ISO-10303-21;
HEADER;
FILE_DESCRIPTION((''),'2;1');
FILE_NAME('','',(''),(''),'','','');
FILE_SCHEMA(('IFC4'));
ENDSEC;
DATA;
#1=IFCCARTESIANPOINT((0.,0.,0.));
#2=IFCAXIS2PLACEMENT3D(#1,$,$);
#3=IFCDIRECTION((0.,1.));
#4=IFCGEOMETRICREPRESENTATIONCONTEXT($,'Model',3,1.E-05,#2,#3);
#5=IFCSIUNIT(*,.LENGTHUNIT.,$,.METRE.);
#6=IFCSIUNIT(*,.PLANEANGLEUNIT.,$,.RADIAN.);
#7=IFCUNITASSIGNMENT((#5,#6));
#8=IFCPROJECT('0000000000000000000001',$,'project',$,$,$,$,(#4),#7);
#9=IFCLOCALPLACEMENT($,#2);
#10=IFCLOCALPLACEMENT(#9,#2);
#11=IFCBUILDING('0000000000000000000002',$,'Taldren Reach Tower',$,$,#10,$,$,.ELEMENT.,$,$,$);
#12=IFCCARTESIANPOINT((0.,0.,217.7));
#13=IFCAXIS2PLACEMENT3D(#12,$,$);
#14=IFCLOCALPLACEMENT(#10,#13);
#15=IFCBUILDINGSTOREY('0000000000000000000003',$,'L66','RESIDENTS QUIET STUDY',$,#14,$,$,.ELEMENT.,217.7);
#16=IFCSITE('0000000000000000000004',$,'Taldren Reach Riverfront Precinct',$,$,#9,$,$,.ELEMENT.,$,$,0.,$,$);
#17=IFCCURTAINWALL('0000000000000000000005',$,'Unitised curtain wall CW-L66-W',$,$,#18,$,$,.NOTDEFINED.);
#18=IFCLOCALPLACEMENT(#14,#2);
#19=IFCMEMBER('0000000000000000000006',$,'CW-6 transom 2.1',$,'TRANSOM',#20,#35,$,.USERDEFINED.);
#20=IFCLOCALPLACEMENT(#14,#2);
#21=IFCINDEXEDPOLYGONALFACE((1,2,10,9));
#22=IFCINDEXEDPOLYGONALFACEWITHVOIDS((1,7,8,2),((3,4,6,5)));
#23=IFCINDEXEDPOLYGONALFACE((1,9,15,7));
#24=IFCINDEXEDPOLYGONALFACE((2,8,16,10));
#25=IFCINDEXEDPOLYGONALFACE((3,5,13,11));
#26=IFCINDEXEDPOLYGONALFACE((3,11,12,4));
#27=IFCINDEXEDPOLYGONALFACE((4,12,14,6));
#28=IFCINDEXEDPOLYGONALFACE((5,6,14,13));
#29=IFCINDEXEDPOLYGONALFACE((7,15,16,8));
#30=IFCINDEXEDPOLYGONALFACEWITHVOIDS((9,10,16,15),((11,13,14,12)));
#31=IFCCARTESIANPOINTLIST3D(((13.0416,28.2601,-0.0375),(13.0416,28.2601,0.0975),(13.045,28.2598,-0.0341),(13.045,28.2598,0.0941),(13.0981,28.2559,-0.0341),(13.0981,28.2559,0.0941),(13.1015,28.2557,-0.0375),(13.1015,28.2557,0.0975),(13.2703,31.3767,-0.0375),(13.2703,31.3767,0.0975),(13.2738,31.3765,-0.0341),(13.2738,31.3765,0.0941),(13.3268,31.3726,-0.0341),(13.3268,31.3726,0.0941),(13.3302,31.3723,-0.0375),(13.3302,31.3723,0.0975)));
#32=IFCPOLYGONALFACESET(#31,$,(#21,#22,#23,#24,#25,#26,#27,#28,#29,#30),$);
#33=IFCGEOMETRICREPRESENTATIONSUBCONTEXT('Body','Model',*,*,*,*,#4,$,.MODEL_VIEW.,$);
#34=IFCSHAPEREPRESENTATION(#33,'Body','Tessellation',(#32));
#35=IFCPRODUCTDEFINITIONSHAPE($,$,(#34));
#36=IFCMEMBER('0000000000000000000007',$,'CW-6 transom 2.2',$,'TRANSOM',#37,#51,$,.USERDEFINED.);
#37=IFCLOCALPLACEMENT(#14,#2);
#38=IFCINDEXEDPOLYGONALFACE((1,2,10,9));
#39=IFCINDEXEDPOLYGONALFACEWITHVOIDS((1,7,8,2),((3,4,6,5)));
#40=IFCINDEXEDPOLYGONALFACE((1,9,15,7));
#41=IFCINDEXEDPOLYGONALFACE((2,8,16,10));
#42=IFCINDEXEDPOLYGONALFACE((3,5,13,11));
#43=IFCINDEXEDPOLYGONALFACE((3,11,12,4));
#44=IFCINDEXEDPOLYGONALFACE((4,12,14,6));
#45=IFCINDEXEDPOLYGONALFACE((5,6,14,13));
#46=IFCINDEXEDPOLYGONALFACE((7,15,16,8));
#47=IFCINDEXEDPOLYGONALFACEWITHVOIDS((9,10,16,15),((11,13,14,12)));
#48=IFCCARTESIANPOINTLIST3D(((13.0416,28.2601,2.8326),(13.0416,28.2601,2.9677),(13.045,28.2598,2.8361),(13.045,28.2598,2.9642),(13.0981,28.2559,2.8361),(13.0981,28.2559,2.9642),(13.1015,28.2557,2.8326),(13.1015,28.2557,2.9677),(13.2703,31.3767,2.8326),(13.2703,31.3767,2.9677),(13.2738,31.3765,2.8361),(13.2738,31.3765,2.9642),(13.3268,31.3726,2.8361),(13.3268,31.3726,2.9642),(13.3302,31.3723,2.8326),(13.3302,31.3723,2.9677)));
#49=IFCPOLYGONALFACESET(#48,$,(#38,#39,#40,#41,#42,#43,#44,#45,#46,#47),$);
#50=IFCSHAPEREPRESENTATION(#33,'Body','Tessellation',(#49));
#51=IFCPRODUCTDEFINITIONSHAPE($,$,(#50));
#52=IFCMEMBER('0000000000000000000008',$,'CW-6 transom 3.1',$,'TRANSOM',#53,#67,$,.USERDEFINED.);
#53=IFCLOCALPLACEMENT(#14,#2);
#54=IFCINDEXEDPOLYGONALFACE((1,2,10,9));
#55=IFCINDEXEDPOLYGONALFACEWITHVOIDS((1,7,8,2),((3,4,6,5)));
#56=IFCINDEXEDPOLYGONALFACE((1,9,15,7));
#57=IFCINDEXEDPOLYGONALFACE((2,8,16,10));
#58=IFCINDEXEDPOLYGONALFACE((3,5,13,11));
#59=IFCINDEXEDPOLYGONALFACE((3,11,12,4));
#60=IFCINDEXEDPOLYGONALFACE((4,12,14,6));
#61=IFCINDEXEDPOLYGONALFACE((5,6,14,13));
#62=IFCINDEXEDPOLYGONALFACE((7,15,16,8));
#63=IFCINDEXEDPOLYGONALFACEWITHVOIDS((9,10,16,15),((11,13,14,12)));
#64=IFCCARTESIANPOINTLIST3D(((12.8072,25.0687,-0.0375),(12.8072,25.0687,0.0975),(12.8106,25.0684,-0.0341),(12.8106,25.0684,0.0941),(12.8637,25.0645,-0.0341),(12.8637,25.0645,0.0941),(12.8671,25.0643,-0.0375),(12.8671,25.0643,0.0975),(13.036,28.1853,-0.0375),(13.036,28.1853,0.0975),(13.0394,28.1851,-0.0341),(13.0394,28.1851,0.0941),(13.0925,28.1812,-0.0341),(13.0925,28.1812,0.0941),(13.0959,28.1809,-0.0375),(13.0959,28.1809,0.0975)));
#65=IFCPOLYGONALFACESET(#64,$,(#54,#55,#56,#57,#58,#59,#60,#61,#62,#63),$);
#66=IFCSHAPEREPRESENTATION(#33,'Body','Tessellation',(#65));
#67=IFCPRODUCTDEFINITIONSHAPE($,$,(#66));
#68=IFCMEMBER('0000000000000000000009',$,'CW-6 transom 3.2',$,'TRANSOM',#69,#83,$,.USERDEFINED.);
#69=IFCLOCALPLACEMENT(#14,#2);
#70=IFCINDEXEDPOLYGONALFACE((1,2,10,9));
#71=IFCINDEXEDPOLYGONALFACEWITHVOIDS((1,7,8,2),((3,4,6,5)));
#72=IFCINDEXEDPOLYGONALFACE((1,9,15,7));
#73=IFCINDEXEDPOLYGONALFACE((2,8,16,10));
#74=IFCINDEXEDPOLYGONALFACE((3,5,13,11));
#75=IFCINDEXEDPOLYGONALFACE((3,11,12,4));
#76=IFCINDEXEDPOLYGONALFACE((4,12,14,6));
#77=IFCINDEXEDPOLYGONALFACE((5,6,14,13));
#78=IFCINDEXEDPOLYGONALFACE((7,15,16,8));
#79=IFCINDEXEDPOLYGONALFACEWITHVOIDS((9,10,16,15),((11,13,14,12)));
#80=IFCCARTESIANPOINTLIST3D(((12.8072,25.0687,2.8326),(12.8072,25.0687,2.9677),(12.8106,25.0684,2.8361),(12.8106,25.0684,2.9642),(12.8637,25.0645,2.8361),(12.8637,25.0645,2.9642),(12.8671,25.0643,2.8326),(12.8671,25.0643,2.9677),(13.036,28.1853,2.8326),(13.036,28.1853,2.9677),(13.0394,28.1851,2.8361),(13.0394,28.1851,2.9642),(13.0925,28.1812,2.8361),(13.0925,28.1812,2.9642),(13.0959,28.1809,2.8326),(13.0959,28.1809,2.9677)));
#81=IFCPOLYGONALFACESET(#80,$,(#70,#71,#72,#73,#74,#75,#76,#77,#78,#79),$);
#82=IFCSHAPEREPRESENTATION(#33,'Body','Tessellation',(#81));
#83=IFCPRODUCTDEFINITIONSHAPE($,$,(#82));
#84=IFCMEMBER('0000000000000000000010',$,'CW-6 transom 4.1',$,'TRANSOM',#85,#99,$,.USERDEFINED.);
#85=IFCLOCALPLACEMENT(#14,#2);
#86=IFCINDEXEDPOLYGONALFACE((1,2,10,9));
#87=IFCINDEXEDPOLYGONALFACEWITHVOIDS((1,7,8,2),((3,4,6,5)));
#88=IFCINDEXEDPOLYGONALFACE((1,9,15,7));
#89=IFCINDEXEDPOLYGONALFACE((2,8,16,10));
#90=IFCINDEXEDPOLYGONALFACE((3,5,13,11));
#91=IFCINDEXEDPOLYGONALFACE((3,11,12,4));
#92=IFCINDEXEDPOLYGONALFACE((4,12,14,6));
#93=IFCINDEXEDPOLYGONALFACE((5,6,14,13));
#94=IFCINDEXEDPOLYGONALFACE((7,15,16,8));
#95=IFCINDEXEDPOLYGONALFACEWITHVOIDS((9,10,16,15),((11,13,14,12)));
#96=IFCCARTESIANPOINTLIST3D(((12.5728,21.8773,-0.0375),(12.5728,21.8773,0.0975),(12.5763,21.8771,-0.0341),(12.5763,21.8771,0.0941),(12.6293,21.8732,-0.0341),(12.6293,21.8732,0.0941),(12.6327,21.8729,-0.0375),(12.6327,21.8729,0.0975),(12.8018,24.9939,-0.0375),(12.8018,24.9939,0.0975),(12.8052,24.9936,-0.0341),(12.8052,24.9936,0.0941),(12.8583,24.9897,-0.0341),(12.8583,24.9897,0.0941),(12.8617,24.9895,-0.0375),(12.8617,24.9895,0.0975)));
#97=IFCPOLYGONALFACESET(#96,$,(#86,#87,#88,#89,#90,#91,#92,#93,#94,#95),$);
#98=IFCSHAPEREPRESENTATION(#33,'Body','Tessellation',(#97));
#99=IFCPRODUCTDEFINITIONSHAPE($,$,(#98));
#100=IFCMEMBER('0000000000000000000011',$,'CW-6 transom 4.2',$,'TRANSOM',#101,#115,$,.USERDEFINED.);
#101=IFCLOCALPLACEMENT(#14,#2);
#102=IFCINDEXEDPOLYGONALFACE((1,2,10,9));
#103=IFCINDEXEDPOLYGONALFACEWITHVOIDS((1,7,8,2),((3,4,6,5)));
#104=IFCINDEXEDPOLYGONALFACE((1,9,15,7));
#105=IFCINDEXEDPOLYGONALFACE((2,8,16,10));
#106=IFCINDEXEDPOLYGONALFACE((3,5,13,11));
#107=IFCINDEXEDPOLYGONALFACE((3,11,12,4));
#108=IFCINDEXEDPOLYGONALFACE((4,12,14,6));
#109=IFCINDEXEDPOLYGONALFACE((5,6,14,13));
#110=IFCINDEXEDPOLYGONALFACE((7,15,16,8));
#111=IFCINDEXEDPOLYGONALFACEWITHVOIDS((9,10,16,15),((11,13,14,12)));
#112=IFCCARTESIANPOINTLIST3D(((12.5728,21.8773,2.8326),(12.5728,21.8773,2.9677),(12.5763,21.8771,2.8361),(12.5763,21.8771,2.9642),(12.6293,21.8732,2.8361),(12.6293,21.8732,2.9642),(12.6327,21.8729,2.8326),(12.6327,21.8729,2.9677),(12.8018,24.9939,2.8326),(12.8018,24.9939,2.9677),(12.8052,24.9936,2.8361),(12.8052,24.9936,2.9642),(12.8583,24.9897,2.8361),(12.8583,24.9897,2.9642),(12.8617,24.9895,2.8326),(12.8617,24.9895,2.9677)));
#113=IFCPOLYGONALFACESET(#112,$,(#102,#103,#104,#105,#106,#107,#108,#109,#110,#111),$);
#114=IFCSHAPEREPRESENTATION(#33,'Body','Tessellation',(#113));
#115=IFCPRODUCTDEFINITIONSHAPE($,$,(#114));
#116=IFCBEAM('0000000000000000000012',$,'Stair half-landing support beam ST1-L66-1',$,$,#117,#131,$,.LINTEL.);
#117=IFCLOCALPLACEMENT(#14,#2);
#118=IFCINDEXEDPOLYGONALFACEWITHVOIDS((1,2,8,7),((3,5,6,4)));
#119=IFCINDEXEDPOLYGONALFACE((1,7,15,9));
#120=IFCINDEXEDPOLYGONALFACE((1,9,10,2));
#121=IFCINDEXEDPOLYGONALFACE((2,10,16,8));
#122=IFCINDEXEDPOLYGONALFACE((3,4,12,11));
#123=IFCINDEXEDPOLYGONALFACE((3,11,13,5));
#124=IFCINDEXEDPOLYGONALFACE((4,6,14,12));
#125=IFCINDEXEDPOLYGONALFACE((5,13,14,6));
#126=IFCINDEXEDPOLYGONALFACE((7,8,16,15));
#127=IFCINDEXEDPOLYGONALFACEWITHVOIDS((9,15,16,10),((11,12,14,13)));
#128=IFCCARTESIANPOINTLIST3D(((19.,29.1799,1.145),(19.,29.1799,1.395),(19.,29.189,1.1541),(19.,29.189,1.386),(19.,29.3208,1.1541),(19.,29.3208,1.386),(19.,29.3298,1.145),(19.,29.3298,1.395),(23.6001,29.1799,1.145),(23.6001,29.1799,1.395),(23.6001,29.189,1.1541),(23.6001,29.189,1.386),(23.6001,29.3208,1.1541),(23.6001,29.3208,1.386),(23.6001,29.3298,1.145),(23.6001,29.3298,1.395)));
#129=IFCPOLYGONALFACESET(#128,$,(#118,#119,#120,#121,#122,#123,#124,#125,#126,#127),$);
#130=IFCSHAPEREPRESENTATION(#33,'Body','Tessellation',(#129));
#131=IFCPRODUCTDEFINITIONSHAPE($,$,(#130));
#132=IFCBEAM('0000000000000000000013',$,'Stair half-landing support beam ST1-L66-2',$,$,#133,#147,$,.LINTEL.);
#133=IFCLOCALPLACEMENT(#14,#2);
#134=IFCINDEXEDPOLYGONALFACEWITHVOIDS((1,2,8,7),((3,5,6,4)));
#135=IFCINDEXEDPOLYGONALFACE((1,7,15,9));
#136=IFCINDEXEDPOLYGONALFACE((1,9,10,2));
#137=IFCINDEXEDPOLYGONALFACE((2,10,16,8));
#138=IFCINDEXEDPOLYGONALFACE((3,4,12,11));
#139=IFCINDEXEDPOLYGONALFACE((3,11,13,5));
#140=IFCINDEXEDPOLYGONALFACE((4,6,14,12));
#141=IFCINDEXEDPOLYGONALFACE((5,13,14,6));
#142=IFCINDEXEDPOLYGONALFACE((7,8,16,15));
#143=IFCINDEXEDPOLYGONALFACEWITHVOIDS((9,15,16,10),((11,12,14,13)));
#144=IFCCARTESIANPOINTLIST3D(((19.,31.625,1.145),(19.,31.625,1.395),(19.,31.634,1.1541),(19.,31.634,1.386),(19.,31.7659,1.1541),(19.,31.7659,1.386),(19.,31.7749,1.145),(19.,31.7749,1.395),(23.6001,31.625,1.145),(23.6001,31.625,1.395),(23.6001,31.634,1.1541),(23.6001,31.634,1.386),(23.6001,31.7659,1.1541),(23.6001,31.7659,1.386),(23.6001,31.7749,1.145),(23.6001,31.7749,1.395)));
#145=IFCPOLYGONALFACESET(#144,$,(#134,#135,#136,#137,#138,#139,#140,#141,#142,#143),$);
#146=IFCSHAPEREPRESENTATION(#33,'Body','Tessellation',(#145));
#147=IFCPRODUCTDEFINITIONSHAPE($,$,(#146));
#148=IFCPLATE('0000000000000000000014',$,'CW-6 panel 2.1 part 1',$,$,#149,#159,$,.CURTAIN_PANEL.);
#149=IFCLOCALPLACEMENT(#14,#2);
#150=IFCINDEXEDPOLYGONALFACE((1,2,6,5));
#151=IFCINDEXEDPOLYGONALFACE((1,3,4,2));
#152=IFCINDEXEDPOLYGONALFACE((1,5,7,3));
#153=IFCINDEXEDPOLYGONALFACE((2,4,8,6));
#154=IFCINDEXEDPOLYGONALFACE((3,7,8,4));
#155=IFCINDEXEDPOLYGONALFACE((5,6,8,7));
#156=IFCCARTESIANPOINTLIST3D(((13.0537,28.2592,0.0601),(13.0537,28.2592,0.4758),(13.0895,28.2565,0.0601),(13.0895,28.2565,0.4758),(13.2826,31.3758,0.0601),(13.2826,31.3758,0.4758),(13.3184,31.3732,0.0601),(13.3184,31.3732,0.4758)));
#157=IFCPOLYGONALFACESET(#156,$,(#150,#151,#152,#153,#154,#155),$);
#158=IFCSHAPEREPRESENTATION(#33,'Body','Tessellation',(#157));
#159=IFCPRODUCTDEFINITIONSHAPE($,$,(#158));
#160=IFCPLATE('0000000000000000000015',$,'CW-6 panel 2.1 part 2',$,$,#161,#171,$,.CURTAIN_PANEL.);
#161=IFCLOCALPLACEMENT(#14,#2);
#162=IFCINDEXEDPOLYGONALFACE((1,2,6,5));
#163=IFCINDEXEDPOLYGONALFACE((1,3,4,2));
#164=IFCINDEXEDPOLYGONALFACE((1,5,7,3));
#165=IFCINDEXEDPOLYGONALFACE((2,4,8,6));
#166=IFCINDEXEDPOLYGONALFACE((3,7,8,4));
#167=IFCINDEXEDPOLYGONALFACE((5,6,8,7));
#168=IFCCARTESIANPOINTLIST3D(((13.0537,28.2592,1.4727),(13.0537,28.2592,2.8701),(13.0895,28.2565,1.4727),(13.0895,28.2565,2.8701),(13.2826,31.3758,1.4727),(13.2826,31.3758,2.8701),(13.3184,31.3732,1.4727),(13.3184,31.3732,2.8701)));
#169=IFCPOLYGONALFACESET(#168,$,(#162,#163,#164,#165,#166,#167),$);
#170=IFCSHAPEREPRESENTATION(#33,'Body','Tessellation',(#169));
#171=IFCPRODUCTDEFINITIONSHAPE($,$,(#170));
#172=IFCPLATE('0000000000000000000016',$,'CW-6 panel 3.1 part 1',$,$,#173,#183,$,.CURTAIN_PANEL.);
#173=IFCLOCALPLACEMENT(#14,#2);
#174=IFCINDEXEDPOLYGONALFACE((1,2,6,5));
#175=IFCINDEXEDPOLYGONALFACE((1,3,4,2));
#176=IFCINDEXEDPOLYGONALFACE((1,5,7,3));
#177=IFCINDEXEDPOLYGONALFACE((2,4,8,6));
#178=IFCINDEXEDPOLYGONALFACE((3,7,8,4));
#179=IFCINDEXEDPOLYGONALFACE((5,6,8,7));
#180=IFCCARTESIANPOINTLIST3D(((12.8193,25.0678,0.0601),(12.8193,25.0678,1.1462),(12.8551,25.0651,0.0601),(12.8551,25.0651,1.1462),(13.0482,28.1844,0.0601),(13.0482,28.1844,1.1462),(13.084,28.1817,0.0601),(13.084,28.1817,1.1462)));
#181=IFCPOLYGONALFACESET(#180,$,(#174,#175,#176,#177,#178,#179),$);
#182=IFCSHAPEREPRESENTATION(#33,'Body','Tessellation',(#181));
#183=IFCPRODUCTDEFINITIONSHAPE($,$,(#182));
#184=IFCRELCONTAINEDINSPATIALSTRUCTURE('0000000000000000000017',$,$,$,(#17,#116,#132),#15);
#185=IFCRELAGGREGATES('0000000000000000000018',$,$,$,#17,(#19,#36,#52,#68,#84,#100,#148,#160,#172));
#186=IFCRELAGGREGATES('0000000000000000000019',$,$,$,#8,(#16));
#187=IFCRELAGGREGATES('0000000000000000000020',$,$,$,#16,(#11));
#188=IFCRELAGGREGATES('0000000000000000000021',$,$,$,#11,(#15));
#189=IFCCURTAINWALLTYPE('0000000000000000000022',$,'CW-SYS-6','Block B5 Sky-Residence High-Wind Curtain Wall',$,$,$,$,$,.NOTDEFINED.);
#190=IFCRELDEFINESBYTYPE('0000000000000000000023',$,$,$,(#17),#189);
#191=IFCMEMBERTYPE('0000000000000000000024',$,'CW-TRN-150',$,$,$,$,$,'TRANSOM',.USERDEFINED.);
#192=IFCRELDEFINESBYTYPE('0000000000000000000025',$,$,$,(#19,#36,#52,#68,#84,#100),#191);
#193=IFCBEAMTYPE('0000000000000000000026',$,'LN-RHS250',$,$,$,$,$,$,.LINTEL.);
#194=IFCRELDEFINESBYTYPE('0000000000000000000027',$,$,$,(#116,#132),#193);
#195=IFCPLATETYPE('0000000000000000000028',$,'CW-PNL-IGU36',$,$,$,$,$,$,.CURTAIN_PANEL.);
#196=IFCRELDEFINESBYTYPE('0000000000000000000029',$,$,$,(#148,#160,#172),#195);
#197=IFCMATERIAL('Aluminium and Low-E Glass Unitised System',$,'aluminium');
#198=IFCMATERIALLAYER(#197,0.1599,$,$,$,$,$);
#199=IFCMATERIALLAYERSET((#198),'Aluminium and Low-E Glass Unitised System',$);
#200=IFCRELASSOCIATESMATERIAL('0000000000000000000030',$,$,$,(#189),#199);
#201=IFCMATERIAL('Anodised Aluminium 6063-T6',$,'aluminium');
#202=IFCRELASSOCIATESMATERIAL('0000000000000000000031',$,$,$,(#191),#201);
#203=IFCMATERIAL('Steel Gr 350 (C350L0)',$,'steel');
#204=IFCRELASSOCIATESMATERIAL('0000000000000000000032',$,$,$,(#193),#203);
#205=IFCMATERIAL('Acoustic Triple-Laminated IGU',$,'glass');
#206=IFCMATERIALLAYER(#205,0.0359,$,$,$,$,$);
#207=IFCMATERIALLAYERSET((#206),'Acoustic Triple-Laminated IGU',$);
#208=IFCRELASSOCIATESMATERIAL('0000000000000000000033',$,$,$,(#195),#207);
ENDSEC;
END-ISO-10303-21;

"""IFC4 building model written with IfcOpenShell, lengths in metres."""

from ifc_helpers import new_model, si_unit, direction, frame, origin, origin_2d, place, context, subcontext, project, spatial, rectangle, hollow_rectangle, extrude, source, transform, mapped, material, layer, layer_set, material_profile, profile_set, type_object, element, aggregate, save


model = new_model("IFC4")

# Units and contexts
model_context = context("Model", 3, precision=1e-05, world=origin(), true_north=direction((0.0, 1.0)))
body_context = subcontext(model_context, "Body", "Model", "MODEL_VIEW")
ifc_project = project(units=[si_unit("LENGTHUNIT", "METRE"), si_unit("PLANEANGLEUNIT", "RADIAN")], contexts=[model_context])

# Site, building, storey
site_placement = place(None, origin())
site = spatial("IfcSite", under=ifc_project, at=site_placement, Name="Taldren Reach Riverfront Precinct", CompositionType="ELEMENT", RefElevation=0.0)
building_placement = place(site_placement, origin())
building = spatial("IfcBuilding", under=site, at=building_placement, Name="Taldren Reach Tower", CompositionType="ELEMENT")
storey_placement = place(building_placement, frame((0.0, 0.0, 217.7)))
storey = spatial("IfcBuildingStorey", under=building, at=storey_placement, Name="L66", Description="RESIDENTS QUIET STUDY", CompositionType="ELEMENT", Elevation=217.7)

# Curtain wall, members
ifc_material_1 = material(Name="Aluminium and Low-E Glass Unitised System", Category="aluminium")
ifc_layer_1 = layer(ifc_material_1, 0.1599)
ifc_layer_set_1 = layer_set([ifc_layer_1], Name="Aluminium and Low-E Glass Unitised System")
curtain_wall_type = type_object("IfcCurtainWallType", Name="CW-SYS-6", Description="Block B5 Sky-Residence High-Wind Curtain Wall", PredefinedType="NOTDEFINED", material=ifc_layer_set_1)
curtain_wall_placement = place(storey_placement, origin())
curtain_wall = element("IfcCurtainWall", 1, at=curtain_wall_placement, inside=storey, type_object=curtain_wall_type, Name="Unitised curtain wall CW-L66-W", PredefinedType="NOTDEFINED")
ifc_material_2 = material(Name="Anodised Aluminium 6063-T6", Category="aluminium")
ifc_material_profile_1 = material_profile(ifc_material_2, hollow_rectangle(XDim=0.0601, YDim=0.135, WallThickness=0.0034, at=origin_2d()), Name="ALU-135x60x3.5RHS")
ifc_profile_set_1 = profile_set([ifc_material_profile_1], Name="Anodised Aluminium 6063-T6")
member_type_1 = type_object("IfcMemberType", Name="CW-TRN-150", ElementType="TRANSOM", PredefinedType="USERDEFINED", material=ifc_profile_set_1)
shared_shape_1 = source(origin(), body_context, "Body", "SweptSolid", [
    extrude(hollow_rectangle(XDim=0.0601, YDim=0.135, WallThickness=0.0034, at=origin_2d()), origin(), (0.0, 0.0, 1.0), 3.125),
])
member_1_placement = place(storey_placement, frame((13.3003, 31.3745, 0.03), z_axis=(-0.073201, -0.997317, 0.0), x_axis=(0.997317, -0.073201, 0.0)))
member_1 = element("IfcMember", 2, at=member_1_placement, type_object=member_type_1, Name="CW-6 transom 2.1", ObjectType="TRANSOM", PredefinedType="USERDEFINED", context=body_context, shape_type="MappedRepresentation", body=[
    mapped(shared_shape_1, transform((0.0, 0.0, 0.0), scale=1.0)),
])
member_2_placement = place(storey_placement, frame((13.3003, 31.3745, 2.9001), z_axis=(-0.073201, -0.997317, 0.0), x_axis=(0.997317, -0.073201, 0.0)))
member_2 = element("IfcMember", 3, at=member_2_placement, type_object=member_type_1, Name="CW-6 transom 2.2", ObjectType="TRANSOM", PredefinedType="USERDEFINED", context=body_context, shape_type="MappedRepresentation", body=[
    mapped(shared_shape_1, transform((0.0, 0.0, 0.0), scale=1.0)),
])
member_3_placement = place(storey_placement, frame((13.0659, 28.1831, 0.03), z_axis=(-0.073201, -0.997317, 0.0), x_axis=(0.997317, -0.073201, 0.0)))
member_3 = element("IfcMember", 4, at=member_3_placement, type_object=member_type_1, Name="CW-6 transom 3.1", ObjectType="TRANSOM", PredefinedType="USERDEFINED", context=body_context, shape_type="MappedRepresentation", body=[
    mapped(shared_shape_1, transform((0.0, 0.0, 0.0), scale=1.0)),
])
member_4_placement = place(storey_placement, frame((13.0659, 28.1831, 2.9001), z_axis=(-0.073201, -0.997317, 0.0), x_axis=(0.997317, -0.073201, 0.0)))
member_4 = element("IfcMember", 5, at=member_4_placement, type_object=member_type_1, Name="CW-6 transom 3.2", ObjectType="TRANSOM", PredefinedType="USERDEFINED", context=body_context, shape_type="MappedRepresentation", body=[
    mapped(shared_shape_1, transform((0.0, 0.0, 0.0), scale=1.0)),
])
member_5_placement = place(storey_placement, frame((12.8318, 24.9917, 0.03), z_axis=(-0.073279, -0.997311, 0.0), x_axis=(0.997311, -0.073279, 0.0)))
member_5 = element("IfcMember", 6, at=member_5_placement, type_object=member_type_1, Name="CW-6 transom 4.1", ObjectType="TRANSOM", PredefinedType="USERDEFINED", context=body_context, shape_type="MappedRepresentation", body=[
    mapped(shared_shape_1, transform((0.0, 0.0, 0.0), scale=1.0)),
])
member_6_placement = place(storey_placement, frame((12.8318, 24.9917, 2.9001), z_axis=(-0.073279, -0.997311, 0.0), x_axis=(0.997311, -0.073279, 0.0)))
member_6 = element("IfcMember", 7, at=member_6_placement, type_object=member_type_1, Name="CW-6 transom 4.2", ObjectType="TRANSOM", PredefinedType="USERDEFINED", context=body_context, shape_type="MappedRepresentation", body=[
    mapped(shared_shape_1, transform((0.0, 0.0, 0.0), scale=1.0)),
])

# Beams
ifc_material_3 = material(Name="Steel Gr 350 (C350L0)", Category="steel")
ifc_material_profile_2 = material_profile(ifc_material_3, hollow_rectangle(XDim=0.1499, YDim=0.25, WallThickness=0.009, at=origin_2d()), Name="250x150x9.0RHS")
ifc_profile_set_2 = profile_set([ifc_material_profile_2], Name="Steel Gr 350 (C350L0)")
beam_type_1 = type_object("IfcBeamType", Name="LN-RHS250", PredefinedType="LINTEL", material=ifc_profile_set_2)
shared_shape_2 = source(origin(), body_context, "Body", "SweptSolid", [
    extrude(hollow_rectangle(XDim=0.1499, YDim=0.25, WallThickness=0.009, at=origin_2d()), origin(), (0.0, 0.0, 1.0), 4.6001),
])
for number, where, z_axis, x_axis, name in (
    (8, (19.0, 29.2549, 1.27), (1.0, 0.0, 0.0), (0.0, 1.0, 0.0), "Stair half-landing support beam ST1-L66-1"),
    (9, (19.0, 31.7, 1.27), (1.0, 0.0, 0.0), (0.0, 1.0, 0.0), "Stair half-landing support beam ST1-L66-2"),
):
    element("IfcBeam", number, at=place(storey_placement, frame(where, z_axis=z_axis, x_axis=x_axis)), inside=storey, type_object=beam_type_1, Name=name, PredefinedType="LINTEL", context=body_context, shape_type="MappedRepresentation", body=[
        mapped(shared_shape_2, transform((0.0, 0.0, 0.0), scale=1.0)),
    ])

# Plates
ifc_material_4 = material(Name="Acoustic Triple-Laminated IGU", Category="glass")
ifc_layer_2 = layer(ifc_material_4, 0.0359)
ifc_layer_set_2 = layer_set([ifc_layer_2], Name="Acoustic Triple-Laminated IGU")
plate_type = type_object("IfcPlateType", Name="CW-PNL-IGU36", PredefinedType="CURTAIN_PANEL", material=ifc_layer_set_2)
shared_shape_3 = source(origin(), body_context, "Body", "SweptSolid", [
    extrude(rectangle(XDim=3.125, YDim=0.0359, at=origin_2d()), origin(), (0.0, 0.0, 1.0), 0.4158),
])
plate_1_placement = place(storey_placement, frame((13.186, 29.8162, 0.0601), z_axis=(0.0, 0.0, 1.0), x_axis=(-0.073238, -0.997314, 0.0)))
plate_1 = element("IfcPlate", 10, at=plate_1_placement, type_object=plate_type, Name="CW-6 panel 2.1 part 1", PredefinedType="CURTAIN_PANEL", context=body_context, shape_type="MappedRepresentation", body=[
    mapped(shared_shape_3, transform((0.0, 0.0, 0.0), scale=1.0)),
])
shared_shape_4 = source(origin(), body_context, "Body", "SweptSolid", [
    extrude(rectangle(XDim=3.125, YDim=0.0359, at=origin_2d()), origin(), (0.0, 0.0, 1.0), 1.3975),
])
plate_2_placement = place(storey_placement, frame((13.186, 29.8162, 1.4727), z_axis=(0.0, 0.0, 1.0), x_axis=(-0.073238, -0.997314, 0.0)))
plate_2 = element("IfcPlate", 11, at=plate_2_placement, type_object=plate_type, Name="CW-6 panel 2.1 part 2", PredefinedType="CURTAIN_PANEL", context=body_context, shape_type="MappedRepresentation", body=[
    mapped(shared_shape_4, transform((0.0, 0.0, 0.0), scale=1.0)),
])
shared_shape_5 = source(origin(), body_context, "Body", "SweptSolid", [
    extrude(rectangle(XDim=3.125, YDim=0.0359, at=origin_2d()), origin(), (0.0, 0.0, 1.0), 1.0862),
])
plate_3_placement = place(storey_placement, frame((12.9517, 26.6248, 0.0601), z_axis=(0.0, 0.0, 1.0), x_axis=(-0.073238, -0.997314, 0.0)))
plate_3 = element("IfcPlate", 12, at=plate_3_placement, type_object=plate_type, Name="CW-6 panel 3.1 part 1", PredefinedType="CURTAIN_PANEL", context=body_context, shape_type="MappedRepresentation", body=[
    mapped(shared_shape_5, transform((0.0, 0.0, 0.0), scale=1.0)),
])
aggregate(curtain_wall, [member_1, member_2, member_3, member_4, member_5, member_6, plate_1, plate_2, plate_3])

save(model, "model.ifc")
